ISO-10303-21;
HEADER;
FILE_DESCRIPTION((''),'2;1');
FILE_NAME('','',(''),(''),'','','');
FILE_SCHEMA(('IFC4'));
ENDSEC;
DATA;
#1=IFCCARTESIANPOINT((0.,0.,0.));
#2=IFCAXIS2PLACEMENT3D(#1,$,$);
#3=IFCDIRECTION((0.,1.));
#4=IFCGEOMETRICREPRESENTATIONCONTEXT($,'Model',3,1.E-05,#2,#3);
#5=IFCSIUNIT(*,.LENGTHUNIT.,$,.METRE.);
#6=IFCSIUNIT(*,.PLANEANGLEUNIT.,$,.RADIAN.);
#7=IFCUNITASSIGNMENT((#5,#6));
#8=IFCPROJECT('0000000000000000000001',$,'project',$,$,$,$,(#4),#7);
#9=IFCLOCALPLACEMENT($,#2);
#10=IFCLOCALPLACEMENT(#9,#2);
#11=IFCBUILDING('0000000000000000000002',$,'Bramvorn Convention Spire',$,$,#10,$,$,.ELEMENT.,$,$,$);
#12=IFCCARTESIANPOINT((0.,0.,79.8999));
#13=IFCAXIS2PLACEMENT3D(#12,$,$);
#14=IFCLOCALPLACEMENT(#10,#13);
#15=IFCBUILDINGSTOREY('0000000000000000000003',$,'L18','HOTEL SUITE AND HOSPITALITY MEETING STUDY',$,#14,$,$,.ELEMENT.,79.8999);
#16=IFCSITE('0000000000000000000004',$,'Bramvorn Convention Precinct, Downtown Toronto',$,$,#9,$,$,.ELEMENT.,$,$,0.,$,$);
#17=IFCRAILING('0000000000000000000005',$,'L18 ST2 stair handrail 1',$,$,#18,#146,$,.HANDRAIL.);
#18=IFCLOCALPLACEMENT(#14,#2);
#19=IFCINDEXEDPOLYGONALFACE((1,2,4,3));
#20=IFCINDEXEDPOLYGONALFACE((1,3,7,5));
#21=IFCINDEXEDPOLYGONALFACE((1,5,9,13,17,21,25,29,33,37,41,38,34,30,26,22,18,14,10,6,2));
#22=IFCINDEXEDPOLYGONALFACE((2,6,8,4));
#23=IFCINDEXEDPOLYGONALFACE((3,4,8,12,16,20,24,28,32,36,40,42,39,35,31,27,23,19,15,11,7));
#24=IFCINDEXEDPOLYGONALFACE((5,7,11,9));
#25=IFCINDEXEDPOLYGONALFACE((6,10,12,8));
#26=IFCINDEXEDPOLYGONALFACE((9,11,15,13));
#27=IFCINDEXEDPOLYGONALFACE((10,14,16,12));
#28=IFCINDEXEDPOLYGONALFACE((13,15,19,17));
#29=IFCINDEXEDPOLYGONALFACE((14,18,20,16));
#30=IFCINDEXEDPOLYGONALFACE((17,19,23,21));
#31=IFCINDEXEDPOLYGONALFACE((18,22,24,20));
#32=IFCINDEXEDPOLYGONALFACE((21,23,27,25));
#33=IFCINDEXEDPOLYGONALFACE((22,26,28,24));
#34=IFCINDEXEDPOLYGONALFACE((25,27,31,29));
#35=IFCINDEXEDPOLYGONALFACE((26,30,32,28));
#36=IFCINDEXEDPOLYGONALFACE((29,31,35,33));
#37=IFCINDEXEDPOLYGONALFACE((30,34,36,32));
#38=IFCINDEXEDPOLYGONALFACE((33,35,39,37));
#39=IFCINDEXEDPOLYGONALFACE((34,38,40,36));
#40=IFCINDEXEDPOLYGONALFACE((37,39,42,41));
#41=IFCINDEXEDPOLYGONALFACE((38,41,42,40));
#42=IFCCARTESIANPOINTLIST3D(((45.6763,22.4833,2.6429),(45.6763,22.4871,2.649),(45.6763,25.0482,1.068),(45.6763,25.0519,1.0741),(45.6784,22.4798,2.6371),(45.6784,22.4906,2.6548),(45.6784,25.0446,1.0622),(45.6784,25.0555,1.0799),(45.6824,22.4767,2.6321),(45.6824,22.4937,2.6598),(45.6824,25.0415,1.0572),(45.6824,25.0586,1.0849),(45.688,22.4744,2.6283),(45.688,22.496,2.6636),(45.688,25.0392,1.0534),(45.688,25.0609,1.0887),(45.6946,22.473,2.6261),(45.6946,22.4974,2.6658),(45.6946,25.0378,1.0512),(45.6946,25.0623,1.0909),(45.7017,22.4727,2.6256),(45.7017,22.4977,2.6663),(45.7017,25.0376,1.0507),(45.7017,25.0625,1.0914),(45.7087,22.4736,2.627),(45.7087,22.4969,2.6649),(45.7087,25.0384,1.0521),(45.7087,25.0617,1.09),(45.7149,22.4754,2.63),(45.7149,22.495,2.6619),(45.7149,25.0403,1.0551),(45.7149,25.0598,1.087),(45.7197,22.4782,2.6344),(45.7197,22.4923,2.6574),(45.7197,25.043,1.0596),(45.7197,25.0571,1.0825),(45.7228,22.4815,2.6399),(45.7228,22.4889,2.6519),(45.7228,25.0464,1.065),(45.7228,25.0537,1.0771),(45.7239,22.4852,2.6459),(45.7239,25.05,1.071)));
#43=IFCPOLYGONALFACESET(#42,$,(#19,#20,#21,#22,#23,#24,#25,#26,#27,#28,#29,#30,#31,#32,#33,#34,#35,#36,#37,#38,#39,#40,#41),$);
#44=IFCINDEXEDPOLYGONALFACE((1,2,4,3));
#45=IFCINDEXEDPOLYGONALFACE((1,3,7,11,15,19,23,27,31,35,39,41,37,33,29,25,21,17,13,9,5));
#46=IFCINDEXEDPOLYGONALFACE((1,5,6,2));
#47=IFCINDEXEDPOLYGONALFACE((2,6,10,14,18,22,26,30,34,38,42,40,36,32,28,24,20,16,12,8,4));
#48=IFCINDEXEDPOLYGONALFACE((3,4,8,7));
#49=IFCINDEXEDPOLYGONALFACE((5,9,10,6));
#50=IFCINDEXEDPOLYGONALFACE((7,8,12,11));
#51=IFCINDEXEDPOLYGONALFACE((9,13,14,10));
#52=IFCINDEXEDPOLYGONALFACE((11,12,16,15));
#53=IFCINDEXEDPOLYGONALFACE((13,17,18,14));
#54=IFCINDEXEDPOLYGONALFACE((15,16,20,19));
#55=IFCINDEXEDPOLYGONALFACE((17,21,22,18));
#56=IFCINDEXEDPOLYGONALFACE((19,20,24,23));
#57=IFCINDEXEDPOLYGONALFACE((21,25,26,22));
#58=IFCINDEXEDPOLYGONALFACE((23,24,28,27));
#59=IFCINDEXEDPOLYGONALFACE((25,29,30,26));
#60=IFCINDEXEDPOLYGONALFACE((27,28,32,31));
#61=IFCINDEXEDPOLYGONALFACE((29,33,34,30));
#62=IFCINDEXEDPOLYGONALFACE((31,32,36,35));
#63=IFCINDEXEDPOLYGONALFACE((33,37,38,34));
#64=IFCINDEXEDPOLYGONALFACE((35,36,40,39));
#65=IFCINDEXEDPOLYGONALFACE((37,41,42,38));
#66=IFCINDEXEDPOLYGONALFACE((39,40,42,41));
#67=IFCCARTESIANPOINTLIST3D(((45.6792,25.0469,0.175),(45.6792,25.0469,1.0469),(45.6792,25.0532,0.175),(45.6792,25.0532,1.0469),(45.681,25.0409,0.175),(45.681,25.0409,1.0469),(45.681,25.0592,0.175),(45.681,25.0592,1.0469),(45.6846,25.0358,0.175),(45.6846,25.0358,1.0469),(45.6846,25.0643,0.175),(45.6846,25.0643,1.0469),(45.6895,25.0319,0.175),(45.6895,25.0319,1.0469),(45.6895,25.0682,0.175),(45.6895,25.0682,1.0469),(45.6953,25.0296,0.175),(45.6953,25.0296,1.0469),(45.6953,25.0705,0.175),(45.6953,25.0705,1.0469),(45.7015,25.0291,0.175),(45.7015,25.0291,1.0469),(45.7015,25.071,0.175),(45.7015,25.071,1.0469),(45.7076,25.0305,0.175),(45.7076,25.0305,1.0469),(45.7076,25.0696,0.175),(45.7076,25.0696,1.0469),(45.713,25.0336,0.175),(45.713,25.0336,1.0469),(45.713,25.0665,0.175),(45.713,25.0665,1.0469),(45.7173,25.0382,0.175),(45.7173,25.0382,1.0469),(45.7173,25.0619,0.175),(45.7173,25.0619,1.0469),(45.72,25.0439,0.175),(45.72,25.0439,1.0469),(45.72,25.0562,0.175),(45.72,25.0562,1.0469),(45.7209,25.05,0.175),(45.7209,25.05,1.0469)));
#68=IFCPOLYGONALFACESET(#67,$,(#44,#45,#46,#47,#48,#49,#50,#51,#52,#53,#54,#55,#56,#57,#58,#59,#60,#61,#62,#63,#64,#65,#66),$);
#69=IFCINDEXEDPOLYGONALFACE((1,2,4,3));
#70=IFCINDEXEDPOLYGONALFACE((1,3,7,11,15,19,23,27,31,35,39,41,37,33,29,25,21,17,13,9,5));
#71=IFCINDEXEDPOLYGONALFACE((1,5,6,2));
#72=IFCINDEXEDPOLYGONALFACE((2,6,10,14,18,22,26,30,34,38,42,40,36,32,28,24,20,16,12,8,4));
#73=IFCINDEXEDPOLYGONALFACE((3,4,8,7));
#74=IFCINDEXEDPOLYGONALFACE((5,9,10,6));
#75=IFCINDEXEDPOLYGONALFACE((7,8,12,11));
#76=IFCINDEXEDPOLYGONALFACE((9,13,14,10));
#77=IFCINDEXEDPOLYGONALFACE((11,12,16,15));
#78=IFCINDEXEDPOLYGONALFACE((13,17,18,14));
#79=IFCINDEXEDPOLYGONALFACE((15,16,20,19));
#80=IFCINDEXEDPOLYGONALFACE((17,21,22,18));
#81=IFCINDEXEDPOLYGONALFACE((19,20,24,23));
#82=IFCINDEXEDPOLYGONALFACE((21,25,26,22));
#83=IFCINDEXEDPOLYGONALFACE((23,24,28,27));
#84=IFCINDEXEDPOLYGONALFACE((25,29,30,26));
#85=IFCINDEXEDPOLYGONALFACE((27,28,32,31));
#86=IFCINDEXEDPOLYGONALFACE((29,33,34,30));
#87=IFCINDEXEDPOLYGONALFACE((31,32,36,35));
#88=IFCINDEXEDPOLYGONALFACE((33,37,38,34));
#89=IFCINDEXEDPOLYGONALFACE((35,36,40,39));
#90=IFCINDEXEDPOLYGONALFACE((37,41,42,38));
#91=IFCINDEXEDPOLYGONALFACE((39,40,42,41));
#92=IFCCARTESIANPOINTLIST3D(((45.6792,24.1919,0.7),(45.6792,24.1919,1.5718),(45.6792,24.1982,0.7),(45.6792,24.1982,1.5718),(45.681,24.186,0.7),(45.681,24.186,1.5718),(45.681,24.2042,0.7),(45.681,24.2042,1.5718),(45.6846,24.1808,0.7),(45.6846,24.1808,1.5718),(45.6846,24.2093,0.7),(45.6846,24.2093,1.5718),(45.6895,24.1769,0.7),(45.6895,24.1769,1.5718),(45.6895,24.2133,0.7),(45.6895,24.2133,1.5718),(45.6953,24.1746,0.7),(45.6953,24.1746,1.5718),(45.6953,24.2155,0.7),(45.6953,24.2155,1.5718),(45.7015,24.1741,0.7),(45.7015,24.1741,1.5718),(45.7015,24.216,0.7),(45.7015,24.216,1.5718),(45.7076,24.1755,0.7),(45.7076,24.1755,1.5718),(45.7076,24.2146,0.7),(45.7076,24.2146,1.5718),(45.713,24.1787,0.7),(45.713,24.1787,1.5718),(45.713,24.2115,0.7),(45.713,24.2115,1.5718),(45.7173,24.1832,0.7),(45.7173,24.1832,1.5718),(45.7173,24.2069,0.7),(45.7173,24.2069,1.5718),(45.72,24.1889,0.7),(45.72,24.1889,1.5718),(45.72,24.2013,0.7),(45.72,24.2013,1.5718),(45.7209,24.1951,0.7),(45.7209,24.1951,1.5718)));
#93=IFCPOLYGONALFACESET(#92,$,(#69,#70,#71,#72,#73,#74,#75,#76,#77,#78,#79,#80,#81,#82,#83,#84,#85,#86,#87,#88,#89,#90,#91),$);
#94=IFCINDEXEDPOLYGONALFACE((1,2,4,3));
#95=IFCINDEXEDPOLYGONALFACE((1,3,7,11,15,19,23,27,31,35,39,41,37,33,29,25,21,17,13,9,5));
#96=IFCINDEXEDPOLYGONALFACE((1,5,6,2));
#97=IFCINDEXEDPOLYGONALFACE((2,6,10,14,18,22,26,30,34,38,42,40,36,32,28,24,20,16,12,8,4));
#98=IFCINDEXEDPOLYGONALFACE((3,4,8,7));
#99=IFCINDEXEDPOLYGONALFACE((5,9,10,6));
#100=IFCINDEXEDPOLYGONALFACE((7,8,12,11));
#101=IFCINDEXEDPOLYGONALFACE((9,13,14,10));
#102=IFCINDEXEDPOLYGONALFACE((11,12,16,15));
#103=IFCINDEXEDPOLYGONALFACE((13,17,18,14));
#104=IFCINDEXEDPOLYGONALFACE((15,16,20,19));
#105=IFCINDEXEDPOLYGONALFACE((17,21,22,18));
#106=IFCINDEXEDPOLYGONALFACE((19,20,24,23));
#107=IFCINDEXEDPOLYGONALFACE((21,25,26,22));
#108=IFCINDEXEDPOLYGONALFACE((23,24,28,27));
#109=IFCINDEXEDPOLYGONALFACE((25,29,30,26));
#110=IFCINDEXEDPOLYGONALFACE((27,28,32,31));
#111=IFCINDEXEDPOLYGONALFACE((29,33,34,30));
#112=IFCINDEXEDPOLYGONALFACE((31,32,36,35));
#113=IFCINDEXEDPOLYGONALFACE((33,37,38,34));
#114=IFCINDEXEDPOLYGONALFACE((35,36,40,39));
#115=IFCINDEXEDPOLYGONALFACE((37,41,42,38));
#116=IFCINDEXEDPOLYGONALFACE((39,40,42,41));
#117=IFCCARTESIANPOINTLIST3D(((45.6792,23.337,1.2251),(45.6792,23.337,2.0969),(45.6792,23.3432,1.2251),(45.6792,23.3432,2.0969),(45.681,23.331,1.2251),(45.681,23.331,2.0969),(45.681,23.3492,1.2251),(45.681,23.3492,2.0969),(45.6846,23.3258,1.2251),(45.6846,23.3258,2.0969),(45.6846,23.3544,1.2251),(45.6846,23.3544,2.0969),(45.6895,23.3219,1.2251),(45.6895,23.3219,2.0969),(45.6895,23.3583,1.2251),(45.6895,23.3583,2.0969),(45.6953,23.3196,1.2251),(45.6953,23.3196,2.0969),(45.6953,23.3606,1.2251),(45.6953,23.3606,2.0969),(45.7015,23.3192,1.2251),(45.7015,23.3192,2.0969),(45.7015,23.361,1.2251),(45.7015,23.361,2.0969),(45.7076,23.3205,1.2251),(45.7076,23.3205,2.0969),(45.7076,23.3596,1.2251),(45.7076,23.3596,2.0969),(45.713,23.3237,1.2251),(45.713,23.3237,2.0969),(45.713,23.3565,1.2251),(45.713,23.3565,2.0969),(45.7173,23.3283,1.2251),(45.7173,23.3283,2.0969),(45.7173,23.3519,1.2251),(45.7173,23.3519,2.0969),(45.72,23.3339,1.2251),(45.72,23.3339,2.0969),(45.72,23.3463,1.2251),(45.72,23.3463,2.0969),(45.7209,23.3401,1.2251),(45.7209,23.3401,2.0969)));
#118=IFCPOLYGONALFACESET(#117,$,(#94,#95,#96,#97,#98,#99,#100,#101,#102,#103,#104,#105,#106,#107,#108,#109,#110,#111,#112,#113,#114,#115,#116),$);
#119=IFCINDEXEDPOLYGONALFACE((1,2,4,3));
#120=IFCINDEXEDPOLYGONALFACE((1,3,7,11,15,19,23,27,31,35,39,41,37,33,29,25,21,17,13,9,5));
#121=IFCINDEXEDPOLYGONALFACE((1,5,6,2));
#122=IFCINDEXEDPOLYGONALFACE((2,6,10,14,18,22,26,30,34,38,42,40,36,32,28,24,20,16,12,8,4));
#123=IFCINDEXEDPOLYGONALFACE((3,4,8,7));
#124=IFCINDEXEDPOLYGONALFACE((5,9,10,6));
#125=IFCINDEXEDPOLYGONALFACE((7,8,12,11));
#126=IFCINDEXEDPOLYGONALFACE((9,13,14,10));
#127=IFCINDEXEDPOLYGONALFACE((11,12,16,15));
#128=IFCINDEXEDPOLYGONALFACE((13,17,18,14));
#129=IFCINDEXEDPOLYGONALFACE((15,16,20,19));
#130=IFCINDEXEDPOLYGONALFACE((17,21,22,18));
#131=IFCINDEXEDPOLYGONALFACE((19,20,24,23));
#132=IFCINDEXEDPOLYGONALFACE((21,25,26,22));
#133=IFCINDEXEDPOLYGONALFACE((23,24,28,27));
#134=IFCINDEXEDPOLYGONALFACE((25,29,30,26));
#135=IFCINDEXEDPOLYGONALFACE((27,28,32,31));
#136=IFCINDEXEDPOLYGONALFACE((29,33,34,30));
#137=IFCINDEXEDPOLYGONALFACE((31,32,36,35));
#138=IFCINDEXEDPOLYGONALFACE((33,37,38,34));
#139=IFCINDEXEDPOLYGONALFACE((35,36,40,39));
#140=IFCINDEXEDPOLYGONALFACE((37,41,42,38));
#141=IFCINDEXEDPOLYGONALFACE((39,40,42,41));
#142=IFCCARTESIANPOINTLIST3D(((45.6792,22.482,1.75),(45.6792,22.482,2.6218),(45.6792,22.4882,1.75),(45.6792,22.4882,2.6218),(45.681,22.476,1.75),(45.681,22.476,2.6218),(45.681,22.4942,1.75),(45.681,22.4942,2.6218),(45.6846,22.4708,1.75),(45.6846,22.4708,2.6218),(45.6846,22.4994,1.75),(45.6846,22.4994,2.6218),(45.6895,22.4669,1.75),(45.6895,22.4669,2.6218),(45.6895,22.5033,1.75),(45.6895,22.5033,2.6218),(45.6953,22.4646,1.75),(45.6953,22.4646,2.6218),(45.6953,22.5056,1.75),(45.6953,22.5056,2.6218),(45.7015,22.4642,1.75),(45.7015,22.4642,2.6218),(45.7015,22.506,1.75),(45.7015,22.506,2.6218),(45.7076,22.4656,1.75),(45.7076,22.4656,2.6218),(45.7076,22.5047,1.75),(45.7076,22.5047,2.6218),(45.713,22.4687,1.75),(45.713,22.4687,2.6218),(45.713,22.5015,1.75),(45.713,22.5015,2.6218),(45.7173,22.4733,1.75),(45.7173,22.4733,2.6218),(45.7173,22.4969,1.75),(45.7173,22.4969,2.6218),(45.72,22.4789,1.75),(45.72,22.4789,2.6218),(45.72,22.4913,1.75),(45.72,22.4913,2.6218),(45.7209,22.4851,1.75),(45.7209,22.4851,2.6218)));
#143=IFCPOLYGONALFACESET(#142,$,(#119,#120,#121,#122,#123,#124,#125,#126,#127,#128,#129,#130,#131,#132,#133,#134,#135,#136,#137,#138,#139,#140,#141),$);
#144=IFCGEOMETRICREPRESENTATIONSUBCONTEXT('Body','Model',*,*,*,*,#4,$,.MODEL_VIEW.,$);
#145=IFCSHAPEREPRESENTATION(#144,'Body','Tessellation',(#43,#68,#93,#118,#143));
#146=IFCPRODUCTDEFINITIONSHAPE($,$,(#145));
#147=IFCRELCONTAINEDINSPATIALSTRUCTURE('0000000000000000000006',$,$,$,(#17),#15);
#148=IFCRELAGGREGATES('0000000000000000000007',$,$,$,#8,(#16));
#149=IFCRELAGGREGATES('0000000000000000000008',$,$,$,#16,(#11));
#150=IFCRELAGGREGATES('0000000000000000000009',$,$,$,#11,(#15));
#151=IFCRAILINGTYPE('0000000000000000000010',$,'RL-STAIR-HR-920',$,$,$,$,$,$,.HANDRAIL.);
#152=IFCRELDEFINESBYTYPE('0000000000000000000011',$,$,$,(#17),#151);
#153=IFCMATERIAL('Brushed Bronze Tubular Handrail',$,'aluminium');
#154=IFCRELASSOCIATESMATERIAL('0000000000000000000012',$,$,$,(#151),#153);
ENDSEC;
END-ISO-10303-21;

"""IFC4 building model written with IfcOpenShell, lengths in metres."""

from ifc_helpers import new_model, si_unit, direction, frame, origin, origin_2d, place, context, subcontext, project, spatial, circle, extrude, material, type_object, element, save


model = new_model("IFC4")

# Units and contexts
model_context = context("Model", 3, precision=1e-05, world=origin(), true_north=direction((0.0, 1.0)))
body_context = subcontext(model_context, "Body", "Model", "MODEL_VIEW")
ifc_project = project(units=[si_unit("LENGTHUNIT", "METRE"), si_unit("PLANEANGLEUNIT", "RADIAN")], contexts=[model_context])

# Site, building, storey
site_placement = place(None, origin())
site = spatial("IfcSite", under=ifc_project, at=site_placement, Name="Bramvorn Convention Precinct, Downtown Toronto", CompositionType="ELEMENT", RefElevation=0.0)
building_placement = place(site_placement, origin())
building = spatial("IfcBuilding", under=site, at=building_placement, Name="Bramvorn Convention Spire", CompositionType="ELEMENT")
storey_placement = place(building_placement, frame((0.0, 0.0, 79.8999)))
storey = spatial("IfcBuildingStorey", under=building, at=storey_placement, Name="L18", Description="HOTEL SUITE AND HOSPITALITY MEETING STUDY", CompositionType="ELEMENT", Elevation=79.8999)

# Railing
ifc_material_1 = material(Name="Brushed Bronze Tubular Handrail", Category="aluminium")
railing_type_1 = type_object("IfcRailingType", Name="RL-STAIR-HR-920", PredefinedType="HANDRAIL", material=ifc_material_1)
railing_1_placement = place(storey_placement, frame((45.7, 25.05, 0.175)))
element("IfcRailing", 1, at=railing_1_placement, inside=storey, type_object=railing_type_1, Name="L18 ST2 stair handrail 1", PredefinedType="HANDRAIL", context=body_context, shape_type="SweptSolid", body=[
    extrude(circle(Radius=0.0239, at=origin_2d()), frame((0.0, 0.0, 0.896), z_axis=(0.0, -0.852173, 0.52326), x_axis=(1.0, 0.0, 0.0)), (0.0, 0.0, 1.0), 3.0098),
    extrude(circle(Radius=0.021, at=origin_2d()), origin(), (0.0, 0.0, 1.0), 0.8718),
    extrude(circle(Radius=0.021, at=origin_2d()), frame((0.0, -0.855, 0.5249)), (0.0, 0.0, 1.0), 0.8718),
    extrude(circle(Radius=0.021, at=origin_2d()), frame((0.0, -1.71, 1.05)), (0.0, 0.0, 1.0), 0.8718),
    extrude(circle(Radius=0.021, at=origin_2d()), frame((0.0, -2.5649, 1.575)), (0.0, 0.0, 1.0), 0.8718),
])

save(model, "model.ifc")
